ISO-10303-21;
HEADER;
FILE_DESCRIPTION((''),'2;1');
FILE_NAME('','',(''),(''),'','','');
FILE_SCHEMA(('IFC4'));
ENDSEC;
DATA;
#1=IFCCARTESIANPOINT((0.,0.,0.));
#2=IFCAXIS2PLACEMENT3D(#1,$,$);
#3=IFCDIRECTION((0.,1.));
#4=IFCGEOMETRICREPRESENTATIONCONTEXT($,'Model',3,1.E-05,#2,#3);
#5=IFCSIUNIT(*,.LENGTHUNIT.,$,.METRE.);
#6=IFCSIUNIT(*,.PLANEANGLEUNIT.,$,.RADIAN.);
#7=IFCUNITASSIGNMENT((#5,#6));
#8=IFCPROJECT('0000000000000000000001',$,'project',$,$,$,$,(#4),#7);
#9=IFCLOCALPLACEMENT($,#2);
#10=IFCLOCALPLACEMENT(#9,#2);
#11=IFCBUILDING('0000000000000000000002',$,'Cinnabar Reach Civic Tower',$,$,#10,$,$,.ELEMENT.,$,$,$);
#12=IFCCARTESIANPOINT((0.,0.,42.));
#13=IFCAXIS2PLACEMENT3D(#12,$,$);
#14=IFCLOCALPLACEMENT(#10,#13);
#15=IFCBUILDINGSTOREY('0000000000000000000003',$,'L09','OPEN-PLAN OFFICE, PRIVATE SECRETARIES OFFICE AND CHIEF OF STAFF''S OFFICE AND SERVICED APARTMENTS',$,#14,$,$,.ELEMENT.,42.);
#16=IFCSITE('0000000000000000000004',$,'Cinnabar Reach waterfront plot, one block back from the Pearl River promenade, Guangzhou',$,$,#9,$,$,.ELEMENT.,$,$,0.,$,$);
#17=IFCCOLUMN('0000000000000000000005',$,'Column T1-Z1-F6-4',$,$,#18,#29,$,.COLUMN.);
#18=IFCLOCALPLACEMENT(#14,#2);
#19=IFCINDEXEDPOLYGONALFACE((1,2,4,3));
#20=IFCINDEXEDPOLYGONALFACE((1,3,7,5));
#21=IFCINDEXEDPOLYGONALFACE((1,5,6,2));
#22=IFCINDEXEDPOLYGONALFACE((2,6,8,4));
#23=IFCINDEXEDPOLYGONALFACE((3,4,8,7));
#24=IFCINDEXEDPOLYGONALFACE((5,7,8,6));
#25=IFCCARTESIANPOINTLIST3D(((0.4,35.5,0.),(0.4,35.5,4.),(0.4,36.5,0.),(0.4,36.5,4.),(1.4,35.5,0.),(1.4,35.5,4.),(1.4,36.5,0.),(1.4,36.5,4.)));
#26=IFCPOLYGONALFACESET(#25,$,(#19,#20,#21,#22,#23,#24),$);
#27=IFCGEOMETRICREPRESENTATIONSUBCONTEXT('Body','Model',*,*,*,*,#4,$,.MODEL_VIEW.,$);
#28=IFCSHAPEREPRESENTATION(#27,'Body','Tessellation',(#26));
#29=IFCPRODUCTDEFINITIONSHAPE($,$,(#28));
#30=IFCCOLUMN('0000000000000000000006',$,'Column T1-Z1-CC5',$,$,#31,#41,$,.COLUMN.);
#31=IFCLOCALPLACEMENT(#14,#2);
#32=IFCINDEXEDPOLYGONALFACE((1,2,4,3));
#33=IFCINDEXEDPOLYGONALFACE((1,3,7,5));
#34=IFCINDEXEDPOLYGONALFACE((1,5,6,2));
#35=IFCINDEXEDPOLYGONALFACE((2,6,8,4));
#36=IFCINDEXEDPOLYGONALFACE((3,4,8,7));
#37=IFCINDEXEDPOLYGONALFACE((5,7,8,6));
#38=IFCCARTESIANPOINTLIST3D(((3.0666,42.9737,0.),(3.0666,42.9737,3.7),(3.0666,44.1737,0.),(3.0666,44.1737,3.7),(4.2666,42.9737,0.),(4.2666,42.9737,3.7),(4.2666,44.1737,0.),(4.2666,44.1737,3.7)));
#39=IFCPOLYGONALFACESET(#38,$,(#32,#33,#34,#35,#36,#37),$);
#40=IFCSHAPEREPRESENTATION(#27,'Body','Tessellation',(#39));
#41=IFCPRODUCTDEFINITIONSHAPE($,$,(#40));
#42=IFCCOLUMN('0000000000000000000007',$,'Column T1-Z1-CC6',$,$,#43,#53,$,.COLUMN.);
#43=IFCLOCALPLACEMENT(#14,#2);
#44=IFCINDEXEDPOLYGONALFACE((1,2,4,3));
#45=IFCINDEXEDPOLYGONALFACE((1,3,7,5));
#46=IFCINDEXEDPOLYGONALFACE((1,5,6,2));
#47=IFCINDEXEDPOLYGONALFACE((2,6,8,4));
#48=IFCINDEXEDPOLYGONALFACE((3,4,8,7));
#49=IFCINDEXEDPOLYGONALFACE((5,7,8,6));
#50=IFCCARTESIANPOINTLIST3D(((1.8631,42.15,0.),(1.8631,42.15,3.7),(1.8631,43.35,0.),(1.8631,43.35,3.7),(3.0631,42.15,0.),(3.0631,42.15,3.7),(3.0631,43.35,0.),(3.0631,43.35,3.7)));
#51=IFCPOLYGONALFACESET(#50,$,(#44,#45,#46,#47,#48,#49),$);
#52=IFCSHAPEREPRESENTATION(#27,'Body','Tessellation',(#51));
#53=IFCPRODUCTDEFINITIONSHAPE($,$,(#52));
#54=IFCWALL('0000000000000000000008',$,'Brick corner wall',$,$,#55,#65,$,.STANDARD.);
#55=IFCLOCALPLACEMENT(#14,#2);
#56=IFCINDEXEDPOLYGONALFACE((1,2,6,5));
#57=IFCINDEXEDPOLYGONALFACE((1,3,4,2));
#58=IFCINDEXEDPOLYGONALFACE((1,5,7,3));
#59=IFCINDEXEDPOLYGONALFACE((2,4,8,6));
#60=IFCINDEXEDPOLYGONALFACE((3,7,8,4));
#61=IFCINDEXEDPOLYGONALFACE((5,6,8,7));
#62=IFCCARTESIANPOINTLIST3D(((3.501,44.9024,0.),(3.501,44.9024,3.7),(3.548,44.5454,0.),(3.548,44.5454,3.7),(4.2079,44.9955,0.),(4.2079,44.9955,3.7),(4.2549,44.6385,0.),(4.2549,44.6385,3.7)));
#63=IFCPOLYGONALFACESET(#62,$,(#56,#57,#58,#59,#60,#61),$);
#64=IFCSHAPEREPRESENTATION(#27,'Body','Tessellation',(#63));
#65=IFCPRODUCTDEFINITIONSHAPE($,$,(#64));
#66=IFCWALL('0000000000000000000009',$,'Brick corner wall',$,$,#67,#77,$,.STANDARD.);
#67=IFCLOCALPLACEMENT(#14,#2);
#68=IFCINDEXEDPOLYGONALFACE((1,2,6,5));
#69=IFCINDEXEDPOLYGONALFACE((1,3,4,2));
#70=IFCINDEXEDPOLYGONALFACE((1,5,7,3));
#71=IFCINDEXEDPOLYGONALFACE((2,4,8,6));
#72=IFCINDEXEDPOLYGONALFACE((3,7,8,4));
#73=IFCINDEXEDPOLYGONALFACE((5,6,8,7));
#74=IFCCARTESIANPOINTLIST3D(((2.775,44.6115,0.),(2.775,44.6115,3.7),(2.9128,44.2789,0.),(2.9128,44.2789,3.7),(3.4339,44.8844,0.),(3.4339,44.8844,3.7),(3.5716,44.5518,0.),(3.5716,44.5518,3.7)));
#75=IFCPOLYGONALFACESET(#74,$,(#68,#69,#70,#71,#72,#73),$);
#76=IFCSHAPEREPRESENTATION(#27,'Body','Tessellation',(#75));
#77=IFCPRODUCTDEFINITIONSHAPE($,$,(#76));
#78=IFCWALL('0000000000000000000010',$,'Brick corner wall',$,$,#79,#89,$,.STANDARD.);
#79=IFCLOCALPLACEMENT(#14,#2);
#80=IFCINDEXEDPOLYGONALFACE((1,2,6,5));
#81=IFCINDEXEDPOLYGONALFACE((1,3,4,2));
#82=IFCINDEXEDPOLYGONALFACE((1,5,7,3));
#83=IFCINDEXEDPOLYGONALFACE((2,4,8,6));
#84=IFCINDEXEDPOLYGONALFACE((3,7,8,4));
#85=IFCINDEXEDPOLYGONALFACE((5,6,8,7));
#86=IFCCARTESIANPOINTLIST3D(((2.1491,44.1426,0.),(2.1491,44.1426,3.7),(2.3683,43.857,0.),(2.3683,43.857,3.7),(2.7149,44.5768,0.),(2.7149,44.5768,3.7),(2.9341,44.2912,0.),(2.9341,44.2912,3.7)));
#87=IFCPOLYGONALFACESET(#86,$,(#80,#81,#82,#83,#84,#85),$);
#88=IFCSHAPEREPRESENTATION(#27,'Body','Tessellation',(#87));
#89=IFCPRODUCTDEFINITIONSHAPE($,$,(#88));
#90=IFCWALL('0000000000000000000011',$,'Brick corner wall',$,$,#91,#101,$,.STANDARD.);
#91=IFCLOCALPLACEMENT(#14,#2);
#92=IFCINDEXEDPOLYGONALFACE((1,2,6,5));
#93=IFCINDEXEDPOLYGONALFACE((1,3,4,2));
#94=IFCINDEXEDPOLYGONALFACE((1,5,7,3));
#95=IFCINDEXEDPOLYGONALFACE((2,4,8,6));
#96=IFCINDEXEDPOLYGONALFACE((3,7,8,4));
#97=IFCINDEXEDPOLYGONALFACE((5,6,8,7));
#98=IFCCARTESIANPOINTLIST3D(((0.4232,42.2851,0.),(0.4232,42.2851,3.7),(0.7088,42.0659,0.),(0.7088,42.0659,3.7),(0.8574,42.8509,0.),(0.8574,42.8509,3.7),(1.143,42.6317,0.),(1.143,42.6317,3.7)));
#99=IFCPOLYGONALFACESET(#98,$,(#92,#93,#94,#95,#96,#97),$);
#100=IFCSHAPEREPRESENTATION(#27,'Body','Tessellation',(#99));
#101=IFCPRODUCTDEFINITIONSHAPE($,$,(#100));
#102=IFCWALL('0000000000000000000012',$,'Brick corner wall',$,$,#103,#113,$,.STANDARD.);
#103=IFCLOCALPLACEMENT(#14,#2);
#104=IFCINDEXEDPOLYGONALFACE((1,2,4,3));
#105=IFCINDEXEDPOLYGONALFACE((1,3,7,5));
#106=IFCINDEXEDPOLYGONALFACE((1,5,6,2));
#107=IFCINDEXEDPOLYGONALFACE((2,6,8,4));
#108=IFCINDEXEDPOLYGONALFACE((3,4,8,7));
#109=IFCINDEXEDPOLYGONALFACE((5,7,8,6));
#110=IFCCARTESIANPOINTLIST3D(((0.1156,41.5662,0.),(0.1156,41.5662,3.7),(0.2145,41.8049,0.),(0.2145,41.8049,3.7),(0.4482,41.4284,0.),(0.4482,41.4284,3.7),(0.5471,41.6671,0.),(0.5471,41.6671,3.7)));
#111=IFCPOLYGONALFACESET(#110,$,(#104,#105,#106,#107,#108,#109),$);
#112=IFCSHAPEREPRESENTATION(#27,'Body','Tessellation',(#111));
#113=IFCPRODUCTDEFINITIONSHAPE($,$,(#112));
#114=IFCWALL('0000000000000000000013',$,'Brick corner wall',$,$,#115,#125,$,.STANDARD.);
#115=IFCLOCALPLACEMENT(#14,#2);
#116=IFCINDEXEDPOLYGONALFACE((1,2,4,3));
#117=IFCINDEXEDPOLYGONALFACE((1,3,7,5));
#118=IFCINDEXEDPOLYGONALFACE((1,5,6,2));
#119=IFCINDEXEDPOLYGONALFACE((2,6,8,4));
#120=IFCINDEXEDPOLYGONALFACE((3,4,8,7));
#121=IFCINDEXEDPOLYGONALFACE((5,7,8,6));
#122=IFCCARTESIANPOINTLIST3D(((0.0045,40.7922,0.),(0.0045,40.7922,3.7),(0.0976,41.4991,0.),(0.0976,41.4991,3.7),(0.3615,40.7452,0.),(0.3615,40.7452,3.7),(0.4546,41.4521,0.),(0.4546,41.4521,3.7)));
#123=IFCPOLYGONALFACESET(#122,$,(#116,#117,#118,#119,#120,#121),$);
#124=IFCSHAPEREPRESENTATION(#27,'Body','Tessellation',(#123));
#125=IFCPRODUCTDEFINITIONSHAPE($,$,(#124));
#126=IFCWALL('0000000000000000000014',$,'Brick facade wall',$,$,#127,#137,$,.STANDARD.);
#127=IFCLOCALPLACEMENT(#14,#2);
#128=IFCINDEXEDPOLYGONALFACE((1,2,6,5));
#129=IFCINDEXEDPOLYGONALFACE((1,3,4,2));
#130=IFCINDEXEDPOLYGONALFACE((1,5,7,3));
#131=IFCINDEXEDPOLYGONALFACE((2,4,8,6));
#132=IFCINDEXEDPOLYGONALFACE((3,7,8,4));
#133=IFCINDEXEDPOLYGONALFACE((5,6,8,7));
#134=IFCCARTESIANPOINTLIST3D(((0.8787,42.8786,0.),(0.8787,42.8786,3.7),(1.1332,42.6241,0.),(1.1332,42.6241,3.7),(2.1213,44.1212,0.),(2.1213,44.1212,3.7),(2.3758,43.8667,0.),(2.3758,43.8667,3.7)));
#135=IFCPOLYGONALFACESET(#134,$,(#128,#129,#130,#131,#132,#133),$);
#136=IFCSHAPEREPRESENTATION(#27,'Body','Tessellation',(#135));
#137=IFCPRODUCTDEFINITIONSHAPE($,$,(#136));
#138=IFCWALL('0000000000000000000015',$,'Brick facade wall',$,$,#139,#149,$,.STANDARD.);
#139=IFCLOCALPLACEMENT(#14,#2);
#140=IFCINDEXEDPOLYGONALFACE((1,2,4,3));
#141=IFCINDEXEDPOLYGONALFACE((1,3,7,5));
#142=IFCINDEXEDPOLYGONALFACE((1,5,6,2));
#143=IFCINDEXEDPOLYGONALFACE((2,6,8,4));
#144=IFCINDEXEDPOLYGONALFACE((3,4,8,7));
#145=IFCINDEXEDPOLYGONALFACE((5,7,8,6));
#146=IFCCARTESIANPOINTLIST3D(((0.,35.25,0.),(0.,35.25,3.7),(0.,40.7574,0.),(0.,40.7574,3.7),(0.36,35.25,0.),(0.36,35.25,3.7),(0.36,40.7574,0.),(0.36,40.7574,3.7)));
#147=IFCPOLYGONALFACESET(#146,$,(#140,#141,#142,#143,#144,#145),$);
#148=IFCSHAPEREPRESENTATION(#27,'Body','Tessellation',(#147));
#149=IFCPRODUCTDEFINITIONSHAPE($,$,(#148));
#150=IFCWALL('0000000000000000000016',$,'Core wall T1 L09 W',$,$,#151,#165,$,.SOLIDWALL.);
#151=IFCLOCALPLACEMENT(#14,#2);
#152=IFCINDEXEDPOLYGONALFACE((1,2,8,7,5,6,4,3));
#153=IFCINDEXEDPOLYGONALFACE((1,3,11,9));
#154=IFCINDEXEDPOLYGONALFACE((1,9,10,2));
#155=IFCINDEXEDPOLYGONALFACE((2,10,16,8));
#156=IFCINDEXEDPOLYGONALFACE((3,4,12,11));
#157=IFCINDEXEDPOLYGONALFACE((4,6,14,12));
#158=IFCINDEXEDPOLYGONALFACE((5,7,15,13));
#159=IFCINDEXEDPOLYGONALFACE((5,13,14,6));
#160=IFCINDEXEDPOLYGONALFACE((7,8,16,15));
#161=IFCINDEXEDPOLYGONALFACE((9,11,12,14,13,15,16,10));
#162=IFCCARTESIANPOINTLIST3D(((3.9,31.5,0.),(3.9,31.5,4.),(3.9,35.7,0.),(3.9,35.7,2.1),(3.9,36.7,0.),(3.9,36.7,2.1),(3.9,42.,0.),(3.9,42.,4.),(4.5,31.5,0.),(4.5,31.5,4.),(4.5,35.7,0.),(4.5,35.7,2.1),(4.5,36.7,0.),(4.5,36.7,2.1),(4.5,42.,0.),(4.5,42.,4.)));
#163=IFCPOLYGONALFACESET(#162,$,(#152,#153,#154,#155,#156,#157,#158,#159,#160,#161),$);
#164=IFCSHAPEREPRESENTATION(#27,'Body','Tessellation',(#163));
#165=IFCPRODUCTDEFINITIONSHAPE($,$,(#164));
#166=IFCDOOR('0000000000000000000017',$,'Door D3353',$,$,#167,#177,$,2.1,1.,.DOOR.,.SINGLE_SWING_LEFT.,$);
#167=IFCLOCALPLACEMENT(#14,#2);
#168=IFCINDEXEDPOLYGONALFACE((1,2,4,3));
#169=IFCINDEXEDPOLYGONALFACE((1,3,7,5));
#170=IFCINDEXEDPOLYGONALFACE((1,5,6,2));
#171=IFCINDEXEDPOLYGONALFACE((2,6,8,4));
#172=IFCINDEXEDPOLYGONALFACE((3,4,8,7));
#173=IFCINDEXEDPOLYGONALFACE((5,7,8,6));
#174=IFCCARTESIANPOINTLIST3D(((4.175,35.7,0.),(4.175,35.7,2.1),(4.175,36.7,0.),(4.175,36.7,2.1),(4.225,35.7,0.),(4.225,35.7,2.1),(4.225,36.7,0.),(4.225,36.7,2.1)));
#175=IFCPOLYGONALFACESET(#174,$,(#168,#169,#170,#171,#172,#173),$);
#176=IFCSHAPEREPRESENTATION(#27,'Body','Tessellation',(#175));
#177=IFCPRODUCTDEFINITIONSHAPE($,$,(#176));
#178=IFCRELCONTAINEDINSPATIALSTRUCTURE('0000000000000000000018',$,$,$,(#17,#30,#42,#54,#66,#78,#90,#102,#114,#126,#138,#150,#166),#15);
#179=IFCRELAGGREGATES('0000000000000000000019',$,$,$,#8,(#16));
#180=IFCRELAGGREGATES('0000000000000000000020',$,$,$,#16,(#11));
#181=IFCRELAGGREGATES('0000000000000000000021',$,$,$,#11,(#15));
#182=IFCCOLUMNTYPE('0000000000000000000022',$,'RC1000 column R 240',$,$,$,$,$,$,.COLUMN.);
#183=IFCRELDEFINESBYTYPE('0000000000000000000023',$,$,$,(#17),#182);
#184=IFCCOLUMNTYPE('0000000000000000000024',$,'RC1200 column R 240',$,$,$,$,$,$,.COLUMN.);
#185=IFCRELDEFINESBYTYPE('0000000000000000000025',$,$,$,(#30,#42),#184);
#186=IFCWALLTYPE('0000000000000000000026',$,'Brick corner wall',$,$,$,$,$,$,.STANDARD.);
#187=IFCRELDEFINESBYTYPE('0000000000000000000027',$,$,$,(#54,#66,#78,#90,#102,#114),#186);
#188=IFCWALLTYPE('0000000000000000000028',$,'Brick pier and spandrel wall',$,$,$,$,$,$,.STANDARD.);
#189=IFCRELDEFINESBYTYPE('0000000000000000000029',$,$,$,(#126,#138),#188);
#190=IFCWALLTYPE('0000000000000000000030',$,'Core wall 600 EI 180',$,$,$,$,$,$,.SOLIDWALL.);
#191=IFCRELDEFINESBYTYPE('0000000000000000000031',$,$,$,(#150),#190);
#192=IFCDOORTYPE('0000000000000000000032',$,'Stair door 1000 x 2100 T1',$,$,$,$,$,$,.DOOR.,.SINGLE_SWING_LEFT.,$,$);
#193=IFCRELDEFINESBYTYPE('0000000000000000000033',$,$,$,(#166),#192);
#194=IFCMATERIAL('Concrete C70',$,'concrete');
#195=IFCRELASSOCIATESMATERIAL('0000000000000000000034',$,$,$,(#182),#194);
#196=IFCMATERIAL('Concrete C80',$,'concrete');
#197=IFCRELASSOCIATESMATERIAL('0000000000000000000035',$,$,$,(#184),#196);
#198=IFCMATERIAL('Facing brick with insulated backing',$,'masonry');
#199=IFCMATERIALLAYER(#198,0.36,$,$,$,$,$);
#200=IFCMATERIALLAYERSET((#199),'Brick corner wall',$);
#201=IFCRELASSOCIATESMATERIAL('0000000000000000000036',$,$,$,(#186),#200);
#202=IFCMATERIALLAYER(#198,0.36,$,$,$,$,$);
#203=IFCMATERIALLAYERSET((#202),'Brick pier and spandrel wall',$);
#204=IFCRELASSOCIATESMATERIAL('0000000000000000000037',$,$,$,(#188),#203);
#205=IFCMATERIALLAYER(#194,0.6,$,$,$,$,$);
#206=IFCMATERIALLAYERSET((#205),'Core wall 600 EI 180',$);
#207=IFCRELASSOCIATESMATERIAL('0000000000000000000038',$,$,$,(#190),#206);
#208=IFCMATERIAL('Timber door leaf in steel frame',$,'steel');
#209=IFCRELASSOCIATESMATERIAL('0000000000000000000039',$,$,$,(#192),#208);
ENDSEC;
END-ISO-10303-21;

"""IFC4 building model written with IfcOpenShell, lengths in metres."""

from ifc_helpers import new_model, si_unit, direction, frame, frame_2d, origin, origin_2d, place, context, subcontext, project, spatial, rectangle, extrude, material, layer, layer_set, material_profile, profile_set, type_object, element, fill, save


model = new_model("IFC4")

# Units and contexts
model_context = context("Model", 3, precision=1e-05, world=origin(), true_north=direction((0.0, 1.0)))
body_context = subcontext(model_context, "Body", "Model", "MODEL_VIEW")
ifc_project = project(units=[si_unit("LENGTHUNIT", "METRE"), si_unit("PLANEANGLEUNIT", "RADIAN")], contexts=[model_context])

# Site, building, storey
site_placement = place(None, origin())
site = spatial("IfcSite", under=ifc_project, at=site_placement, Name="Cinnabar Reach waterfront plot, one block back from the Pearl River promenade, Guangzhou", CompositionType="ELEMENT", RefElevation=0.0)
building_placement = place(site_placement, origin())
building = spatial("IfcBuilding", under=site, at=building_placement, Name="Cinnabar Reach Civic Tower", CompositionType="ELEMENT")
storey_placement = place(building_placement, frame((0.0, 0.0, 42.0)))
storey = spatial("IfcBuildingStorey", under=building, at=storey_placement, Name="L09", Description="OPEN-PLAN OFFICE, PRIVATE SECRETARIES OFFICE AND CHIEF OF STAFF'S OFFICE AND SERVICED APARTMENTS", CompositionType="ELEMENT", Elevation=42.0)

# Columns
ifc_material_1 = material(Name="Concrete C70", Category="concrete")
ifc_material_profile_1 = material_profile(ifc_material_1, rectangle(XDim=1.0, YDim=1.0, at=origin_2d()), Name="RC1000")
ifc_profile_set_1 = profile_set([ifc_material_profile_1], Name="Concrete C70")
column_type_1 = type_object("IfcColumnType", Name="RC1000 column R 240", PredefinedType="COLUMN", material=ifc_profile_set_1)
column_placement = place(storey_placement, frame((0.9, 36.0, 0.0), z_axis=(0.0, 0.0, 1.0), x_axis=(1.0, 0.0, 0.0)))
element("IfcColumn", 1, at=column_placement, inside=storey, type_object=column_type_1, Name="Column T1-Z1-F6-4", PredefinedType="COLUMN", context=body_context, shape_type="SweptSolid", body=[
    extrude(rectangle(XDim=1.0, YDim=1.0, at=origin_2d()), origin(), (0.0, 0.0, 1.0), 4.0),
])
ifc_material_2 = material(Name="Concrete C80", Category="concrete")
ifc_material_profile_2 = material_profile(ifc_material_2, rectangle(XDim=1.2, YDim=1.2, at=origin_2d()), Name="RC1200")
ifc_profile_set_2 = profile_set([ifc_material_profile_2], Name="Concrete C80")
column_type_2 = type_object("IfcColumnType", Name="RC1200 column R 240", PredefinedType="COLUMN", material=ifc_profile_set_2)
for number, where, z_axis, x_axis, name in (
    (2, (3.6666, 43.5737, 0.0), (0.0, 0.0, 1.0), (1.0, 0.0, 0.0), "Column T1-Z1-CC5"),
    (3, (2.4631, 42.75, 0.0), (0.0, 0.0, 1.0), (1.0, 0.0, 0.0), "Column T1-Z1-CC6"),
):
    element("IfcColumn", number, at=place(storey_placement, frame(where, z_axis=z_axis, x_axis=x_axis)), inside=storey, type_object=column_type_2, Name=name, PredefinedType="COLUMN", context=body_context, shape_type="SweptSolid", body=[
        extrude(rectangle(XDim=1.2, YDim=1.2, at=origin_2d()), origin(), (0.0, 0.0, 1.0), 3.7),
    ])

# Walls
ifc_material_3 = material(Name="Facing brick with insulated backing", Category="masonry")
ifc_layer_1 = layer(ifc_material_3, 0.36)
ifc_layer_set_1 = layer_set([ifc_layer_1], Name="Brick corner wall")
wall_type_1 = type_object("IfcWallType", Name="Brick corner wall", PredefinedType="STANDARD", material=ifc_layer_set_1)
for number, where, z_axis, x_axis, name in (
    (4, (4.2314, 44.817, 0.0), (0.0, 0.0, 1.0), (-0.991441, -0.130556, 0.0), "Brick corner wall"),
    (5, (3.5027, 44.7181, 0.0), (0.0, 0.0, 1.0), (-0.923872, -0.382703, 0.0), "Brick corner wall"),
):
    element("IfcWall", number, at=place(storey_placement, frame(where, z_axis=z_axis, x_axis=x_axis)), inside=storey, type_object=wall_type_1, Name=name, PredefinedType="STANDARD", context=body_context, shape_type="SweptSolid", body=[
        extrude(rectangle(XDim=0.7131, YDim=0.36, at=frame_2d((0.3565, 0.0))), origin(), (0.0, 0.0, 1.0), 3.7),
    ])
for number, where, z_axis, x_axis, name in (
    (6, (2.8245, 44.434, 0.0), (0.0, 0.0, 1.0), (-0.793322, -0.608802, 0.0), "Brick corner wall"),
    (7, (1.0002, 42.7413, 0.0), (0.0, 0.0, 1.0), (-0.608802, -0.793322, 0.0), "Brick corner wall"),
):
    element("IfcWall", number, at=place(storey_placement, frame(where, z_axis=z_axis, x_axis=x_axis)), inside=storey, type_object=wall_type_1, Name=name, PredefinedType="STANDARD", context=body_context, shape_type="SweptSolid", body=[
        extrude(rectangle(XDim=0.7132, YDim=0.36, at=frame_2d((0.3566, 0.0))), origin(), (0.0, 0.0, 1.0), 3.7),
    ])
wall_1_placement = place(storey_placement, frame((0.3808, 41.736, 0.0), z_axis=(0.0, 0.0, 1.0), x_axis=(-0.382773, -0.923842, 0.0)))
element("IfcWall", 8, at=wall_1_placement, inside=storey, type_object=wall_type_1, Name="Brick corner wall", PredefinedType="STANDARD", context=body_context, shape_type="SweptSolid", body=[
    extrude(rectangle(XDim=0.2584, YDim=0.36, at=frame_2d((0.1292, 0.0))), origin(), (0.0, 0.0, 1.0), 3.7),
])
wall_2_placement = place(storey_placement, frame((0.2761, 41.4756, 0.0), z_axis=(0.0, 0.0, 1.0), x_axis=(-0.130556, -0.991441, 0.0)))
element("IfcWall", 9, at=wall_2_placement, inside=storey, type_object=wall_type_1, Name="Brick corner wall", PredefinedType="STANDARD", context=body_context, shape_type="SweptSolid", body=[
    extrude(rectangle(XDim=0.7131, YDim=0.36, at=frame_2d((0.3565, 0.0))), origin(), (0.0, 0.0, 1.0), 3.7),
])
ifc_layer_2 = layer(ifc_material_3, 0.36)
ifc_layer_set_2 = layer_set([ifc_layer_2], Name="Brick pier and spandrel wall")
wall_type_2 = type_object("IfcWallType", Name="Brick pier and spandrel wall", PredefinedType="STANDARD", material=ifc_layer_set_2)
wall_3_placement = place(storey_placement, frame((2.2486, 43.994, 0.0), z_axis=(0.0, 0.0, 1.0), x_axis=(-0.707107, -0.707107, 0.0)))
element("IfcWall", 10, at=wall_3_placement, inside=storey, type_object=wall_type_2, Name="Brick facade wall", PredefinedType="STANDARD", context=body_context, shape_type="SweptSolid", body=[
    extrude(rectangle(XDim=1.7573, YDim=0.36, at=frame_2d((0.8787, 0.0))), origin(), (0.0, 0.0, 1.0), 3.7),
])
wall_4_placement = place(storey_placement, frame((0.18, 40.7574, 0.0), z_axis=(0.0, 0.0, 1.0), x_axis=(0.0, -1.0, 0.0)))
element("IfcWall", 11, at=wall_4_placement, inside=storey, type_object=wall_type_2, Name="Brick facade wall", PredefinedType="STANDARD", context=body_context, shape_type="SweptSolid", body=[
    extrude(rectangle(XDim=5.5074, YDim=0.36, at=frame_2d((2.7537, 0.0))), origin(), (0.0, 0.0, 1.0), 3.7),
])

# Wall, opening, door
ifc_layer_3 = layer(ifc_material_1, 0.6)
ifc_layer_set_3 = layer_set([ifc_layer_3], Name="Core wall 600 EI 180")
wall_type_3 = type_object("IfcWallType", Name="Core wall 600 EI 180", PredefinedType="SOLIDWALL", material=ifc_layer_set_3)
wall_5_placement = place(storey_placement, frame((4.2, 42.0, 0.0), z_axis=(0.0, 0.0, 1.0), x_axis=(0.0, -1.0, 0.0)))
wall_5 = element("IfcWall", 12, at=wall_5_placement, inside=storey, type_object=wall_type_3, Name="Core wall T1 L09 W", PredefinedType="SOLIDWALL", context=body_context, shape_type="SweptSolid", body=[
    extrude(rectangle(XDim=10.5, YDim=0.6, at=frame_2d((5.25, 0.0))), origin(), (0.0, 0.0, 1.0), 4.0),
])
opening_1_placement = place(wall_5_placement, frame((5.3, 0.0, 0.0)))
opening_1 = element("IfcOpeningElement", 13, at=opening_1_placement, cuts=wall_5, PredefinedType="OPENING", context=body_context, shape_type="SweptSolid", body=[
    extrude(rectangle(XDim=1.0, YDim=2.1, at=frame_2d((0.5, 1.05))), frame((0.0, 0.31, 0.0), z_axis=(0.0, -1.0, 0.0), x_axis=(1.0, 0.0, 0.0)), (0.0, 0.0, 1.0), 0.62),
])
ifc_material_4 = material(Name="Timber door leaf in steel frame", Category="steel")
door_type_1 = type_object("IfcDoorType", Name="Stair door 1000 x 2100 T1", OperationType="SINGLE_SWING_LEFT", PredefinedType="DOOR", material=ifc_material_4)
door_1_placement = place(opening_1_placement, frame((1.0, 0.0, 0.0), z_axis=(0.0, 0.0, 1.0), x_axis=(-1.0, 0.0, 0.0)))
door_1 = element("IfcDoor", 14, at=door_1_placement, inside=storey, type_object=door_type_1, Name="Door D3353", OperationType="SINGLE_SWING_LEFT", OverallHeight=2.1, OverallWidth=1.0, PredefinedType="DOOR", context=body_context, shape_type="SweptSolid", body=[
    extrude(rectangle(XDim=1.0, YDim=2.1, at=frame_2d((0.5, 1.05))), frame((0.0, 0.025, 0.0), z_axis=(0.0, -1.0, 0.0), x_axis=(1.0, 0.0, 0.0)), (0.0, 0.0, 1.0), 0.05),
])
fill(opening_1, door_1)

save(model, "model.ifc")
